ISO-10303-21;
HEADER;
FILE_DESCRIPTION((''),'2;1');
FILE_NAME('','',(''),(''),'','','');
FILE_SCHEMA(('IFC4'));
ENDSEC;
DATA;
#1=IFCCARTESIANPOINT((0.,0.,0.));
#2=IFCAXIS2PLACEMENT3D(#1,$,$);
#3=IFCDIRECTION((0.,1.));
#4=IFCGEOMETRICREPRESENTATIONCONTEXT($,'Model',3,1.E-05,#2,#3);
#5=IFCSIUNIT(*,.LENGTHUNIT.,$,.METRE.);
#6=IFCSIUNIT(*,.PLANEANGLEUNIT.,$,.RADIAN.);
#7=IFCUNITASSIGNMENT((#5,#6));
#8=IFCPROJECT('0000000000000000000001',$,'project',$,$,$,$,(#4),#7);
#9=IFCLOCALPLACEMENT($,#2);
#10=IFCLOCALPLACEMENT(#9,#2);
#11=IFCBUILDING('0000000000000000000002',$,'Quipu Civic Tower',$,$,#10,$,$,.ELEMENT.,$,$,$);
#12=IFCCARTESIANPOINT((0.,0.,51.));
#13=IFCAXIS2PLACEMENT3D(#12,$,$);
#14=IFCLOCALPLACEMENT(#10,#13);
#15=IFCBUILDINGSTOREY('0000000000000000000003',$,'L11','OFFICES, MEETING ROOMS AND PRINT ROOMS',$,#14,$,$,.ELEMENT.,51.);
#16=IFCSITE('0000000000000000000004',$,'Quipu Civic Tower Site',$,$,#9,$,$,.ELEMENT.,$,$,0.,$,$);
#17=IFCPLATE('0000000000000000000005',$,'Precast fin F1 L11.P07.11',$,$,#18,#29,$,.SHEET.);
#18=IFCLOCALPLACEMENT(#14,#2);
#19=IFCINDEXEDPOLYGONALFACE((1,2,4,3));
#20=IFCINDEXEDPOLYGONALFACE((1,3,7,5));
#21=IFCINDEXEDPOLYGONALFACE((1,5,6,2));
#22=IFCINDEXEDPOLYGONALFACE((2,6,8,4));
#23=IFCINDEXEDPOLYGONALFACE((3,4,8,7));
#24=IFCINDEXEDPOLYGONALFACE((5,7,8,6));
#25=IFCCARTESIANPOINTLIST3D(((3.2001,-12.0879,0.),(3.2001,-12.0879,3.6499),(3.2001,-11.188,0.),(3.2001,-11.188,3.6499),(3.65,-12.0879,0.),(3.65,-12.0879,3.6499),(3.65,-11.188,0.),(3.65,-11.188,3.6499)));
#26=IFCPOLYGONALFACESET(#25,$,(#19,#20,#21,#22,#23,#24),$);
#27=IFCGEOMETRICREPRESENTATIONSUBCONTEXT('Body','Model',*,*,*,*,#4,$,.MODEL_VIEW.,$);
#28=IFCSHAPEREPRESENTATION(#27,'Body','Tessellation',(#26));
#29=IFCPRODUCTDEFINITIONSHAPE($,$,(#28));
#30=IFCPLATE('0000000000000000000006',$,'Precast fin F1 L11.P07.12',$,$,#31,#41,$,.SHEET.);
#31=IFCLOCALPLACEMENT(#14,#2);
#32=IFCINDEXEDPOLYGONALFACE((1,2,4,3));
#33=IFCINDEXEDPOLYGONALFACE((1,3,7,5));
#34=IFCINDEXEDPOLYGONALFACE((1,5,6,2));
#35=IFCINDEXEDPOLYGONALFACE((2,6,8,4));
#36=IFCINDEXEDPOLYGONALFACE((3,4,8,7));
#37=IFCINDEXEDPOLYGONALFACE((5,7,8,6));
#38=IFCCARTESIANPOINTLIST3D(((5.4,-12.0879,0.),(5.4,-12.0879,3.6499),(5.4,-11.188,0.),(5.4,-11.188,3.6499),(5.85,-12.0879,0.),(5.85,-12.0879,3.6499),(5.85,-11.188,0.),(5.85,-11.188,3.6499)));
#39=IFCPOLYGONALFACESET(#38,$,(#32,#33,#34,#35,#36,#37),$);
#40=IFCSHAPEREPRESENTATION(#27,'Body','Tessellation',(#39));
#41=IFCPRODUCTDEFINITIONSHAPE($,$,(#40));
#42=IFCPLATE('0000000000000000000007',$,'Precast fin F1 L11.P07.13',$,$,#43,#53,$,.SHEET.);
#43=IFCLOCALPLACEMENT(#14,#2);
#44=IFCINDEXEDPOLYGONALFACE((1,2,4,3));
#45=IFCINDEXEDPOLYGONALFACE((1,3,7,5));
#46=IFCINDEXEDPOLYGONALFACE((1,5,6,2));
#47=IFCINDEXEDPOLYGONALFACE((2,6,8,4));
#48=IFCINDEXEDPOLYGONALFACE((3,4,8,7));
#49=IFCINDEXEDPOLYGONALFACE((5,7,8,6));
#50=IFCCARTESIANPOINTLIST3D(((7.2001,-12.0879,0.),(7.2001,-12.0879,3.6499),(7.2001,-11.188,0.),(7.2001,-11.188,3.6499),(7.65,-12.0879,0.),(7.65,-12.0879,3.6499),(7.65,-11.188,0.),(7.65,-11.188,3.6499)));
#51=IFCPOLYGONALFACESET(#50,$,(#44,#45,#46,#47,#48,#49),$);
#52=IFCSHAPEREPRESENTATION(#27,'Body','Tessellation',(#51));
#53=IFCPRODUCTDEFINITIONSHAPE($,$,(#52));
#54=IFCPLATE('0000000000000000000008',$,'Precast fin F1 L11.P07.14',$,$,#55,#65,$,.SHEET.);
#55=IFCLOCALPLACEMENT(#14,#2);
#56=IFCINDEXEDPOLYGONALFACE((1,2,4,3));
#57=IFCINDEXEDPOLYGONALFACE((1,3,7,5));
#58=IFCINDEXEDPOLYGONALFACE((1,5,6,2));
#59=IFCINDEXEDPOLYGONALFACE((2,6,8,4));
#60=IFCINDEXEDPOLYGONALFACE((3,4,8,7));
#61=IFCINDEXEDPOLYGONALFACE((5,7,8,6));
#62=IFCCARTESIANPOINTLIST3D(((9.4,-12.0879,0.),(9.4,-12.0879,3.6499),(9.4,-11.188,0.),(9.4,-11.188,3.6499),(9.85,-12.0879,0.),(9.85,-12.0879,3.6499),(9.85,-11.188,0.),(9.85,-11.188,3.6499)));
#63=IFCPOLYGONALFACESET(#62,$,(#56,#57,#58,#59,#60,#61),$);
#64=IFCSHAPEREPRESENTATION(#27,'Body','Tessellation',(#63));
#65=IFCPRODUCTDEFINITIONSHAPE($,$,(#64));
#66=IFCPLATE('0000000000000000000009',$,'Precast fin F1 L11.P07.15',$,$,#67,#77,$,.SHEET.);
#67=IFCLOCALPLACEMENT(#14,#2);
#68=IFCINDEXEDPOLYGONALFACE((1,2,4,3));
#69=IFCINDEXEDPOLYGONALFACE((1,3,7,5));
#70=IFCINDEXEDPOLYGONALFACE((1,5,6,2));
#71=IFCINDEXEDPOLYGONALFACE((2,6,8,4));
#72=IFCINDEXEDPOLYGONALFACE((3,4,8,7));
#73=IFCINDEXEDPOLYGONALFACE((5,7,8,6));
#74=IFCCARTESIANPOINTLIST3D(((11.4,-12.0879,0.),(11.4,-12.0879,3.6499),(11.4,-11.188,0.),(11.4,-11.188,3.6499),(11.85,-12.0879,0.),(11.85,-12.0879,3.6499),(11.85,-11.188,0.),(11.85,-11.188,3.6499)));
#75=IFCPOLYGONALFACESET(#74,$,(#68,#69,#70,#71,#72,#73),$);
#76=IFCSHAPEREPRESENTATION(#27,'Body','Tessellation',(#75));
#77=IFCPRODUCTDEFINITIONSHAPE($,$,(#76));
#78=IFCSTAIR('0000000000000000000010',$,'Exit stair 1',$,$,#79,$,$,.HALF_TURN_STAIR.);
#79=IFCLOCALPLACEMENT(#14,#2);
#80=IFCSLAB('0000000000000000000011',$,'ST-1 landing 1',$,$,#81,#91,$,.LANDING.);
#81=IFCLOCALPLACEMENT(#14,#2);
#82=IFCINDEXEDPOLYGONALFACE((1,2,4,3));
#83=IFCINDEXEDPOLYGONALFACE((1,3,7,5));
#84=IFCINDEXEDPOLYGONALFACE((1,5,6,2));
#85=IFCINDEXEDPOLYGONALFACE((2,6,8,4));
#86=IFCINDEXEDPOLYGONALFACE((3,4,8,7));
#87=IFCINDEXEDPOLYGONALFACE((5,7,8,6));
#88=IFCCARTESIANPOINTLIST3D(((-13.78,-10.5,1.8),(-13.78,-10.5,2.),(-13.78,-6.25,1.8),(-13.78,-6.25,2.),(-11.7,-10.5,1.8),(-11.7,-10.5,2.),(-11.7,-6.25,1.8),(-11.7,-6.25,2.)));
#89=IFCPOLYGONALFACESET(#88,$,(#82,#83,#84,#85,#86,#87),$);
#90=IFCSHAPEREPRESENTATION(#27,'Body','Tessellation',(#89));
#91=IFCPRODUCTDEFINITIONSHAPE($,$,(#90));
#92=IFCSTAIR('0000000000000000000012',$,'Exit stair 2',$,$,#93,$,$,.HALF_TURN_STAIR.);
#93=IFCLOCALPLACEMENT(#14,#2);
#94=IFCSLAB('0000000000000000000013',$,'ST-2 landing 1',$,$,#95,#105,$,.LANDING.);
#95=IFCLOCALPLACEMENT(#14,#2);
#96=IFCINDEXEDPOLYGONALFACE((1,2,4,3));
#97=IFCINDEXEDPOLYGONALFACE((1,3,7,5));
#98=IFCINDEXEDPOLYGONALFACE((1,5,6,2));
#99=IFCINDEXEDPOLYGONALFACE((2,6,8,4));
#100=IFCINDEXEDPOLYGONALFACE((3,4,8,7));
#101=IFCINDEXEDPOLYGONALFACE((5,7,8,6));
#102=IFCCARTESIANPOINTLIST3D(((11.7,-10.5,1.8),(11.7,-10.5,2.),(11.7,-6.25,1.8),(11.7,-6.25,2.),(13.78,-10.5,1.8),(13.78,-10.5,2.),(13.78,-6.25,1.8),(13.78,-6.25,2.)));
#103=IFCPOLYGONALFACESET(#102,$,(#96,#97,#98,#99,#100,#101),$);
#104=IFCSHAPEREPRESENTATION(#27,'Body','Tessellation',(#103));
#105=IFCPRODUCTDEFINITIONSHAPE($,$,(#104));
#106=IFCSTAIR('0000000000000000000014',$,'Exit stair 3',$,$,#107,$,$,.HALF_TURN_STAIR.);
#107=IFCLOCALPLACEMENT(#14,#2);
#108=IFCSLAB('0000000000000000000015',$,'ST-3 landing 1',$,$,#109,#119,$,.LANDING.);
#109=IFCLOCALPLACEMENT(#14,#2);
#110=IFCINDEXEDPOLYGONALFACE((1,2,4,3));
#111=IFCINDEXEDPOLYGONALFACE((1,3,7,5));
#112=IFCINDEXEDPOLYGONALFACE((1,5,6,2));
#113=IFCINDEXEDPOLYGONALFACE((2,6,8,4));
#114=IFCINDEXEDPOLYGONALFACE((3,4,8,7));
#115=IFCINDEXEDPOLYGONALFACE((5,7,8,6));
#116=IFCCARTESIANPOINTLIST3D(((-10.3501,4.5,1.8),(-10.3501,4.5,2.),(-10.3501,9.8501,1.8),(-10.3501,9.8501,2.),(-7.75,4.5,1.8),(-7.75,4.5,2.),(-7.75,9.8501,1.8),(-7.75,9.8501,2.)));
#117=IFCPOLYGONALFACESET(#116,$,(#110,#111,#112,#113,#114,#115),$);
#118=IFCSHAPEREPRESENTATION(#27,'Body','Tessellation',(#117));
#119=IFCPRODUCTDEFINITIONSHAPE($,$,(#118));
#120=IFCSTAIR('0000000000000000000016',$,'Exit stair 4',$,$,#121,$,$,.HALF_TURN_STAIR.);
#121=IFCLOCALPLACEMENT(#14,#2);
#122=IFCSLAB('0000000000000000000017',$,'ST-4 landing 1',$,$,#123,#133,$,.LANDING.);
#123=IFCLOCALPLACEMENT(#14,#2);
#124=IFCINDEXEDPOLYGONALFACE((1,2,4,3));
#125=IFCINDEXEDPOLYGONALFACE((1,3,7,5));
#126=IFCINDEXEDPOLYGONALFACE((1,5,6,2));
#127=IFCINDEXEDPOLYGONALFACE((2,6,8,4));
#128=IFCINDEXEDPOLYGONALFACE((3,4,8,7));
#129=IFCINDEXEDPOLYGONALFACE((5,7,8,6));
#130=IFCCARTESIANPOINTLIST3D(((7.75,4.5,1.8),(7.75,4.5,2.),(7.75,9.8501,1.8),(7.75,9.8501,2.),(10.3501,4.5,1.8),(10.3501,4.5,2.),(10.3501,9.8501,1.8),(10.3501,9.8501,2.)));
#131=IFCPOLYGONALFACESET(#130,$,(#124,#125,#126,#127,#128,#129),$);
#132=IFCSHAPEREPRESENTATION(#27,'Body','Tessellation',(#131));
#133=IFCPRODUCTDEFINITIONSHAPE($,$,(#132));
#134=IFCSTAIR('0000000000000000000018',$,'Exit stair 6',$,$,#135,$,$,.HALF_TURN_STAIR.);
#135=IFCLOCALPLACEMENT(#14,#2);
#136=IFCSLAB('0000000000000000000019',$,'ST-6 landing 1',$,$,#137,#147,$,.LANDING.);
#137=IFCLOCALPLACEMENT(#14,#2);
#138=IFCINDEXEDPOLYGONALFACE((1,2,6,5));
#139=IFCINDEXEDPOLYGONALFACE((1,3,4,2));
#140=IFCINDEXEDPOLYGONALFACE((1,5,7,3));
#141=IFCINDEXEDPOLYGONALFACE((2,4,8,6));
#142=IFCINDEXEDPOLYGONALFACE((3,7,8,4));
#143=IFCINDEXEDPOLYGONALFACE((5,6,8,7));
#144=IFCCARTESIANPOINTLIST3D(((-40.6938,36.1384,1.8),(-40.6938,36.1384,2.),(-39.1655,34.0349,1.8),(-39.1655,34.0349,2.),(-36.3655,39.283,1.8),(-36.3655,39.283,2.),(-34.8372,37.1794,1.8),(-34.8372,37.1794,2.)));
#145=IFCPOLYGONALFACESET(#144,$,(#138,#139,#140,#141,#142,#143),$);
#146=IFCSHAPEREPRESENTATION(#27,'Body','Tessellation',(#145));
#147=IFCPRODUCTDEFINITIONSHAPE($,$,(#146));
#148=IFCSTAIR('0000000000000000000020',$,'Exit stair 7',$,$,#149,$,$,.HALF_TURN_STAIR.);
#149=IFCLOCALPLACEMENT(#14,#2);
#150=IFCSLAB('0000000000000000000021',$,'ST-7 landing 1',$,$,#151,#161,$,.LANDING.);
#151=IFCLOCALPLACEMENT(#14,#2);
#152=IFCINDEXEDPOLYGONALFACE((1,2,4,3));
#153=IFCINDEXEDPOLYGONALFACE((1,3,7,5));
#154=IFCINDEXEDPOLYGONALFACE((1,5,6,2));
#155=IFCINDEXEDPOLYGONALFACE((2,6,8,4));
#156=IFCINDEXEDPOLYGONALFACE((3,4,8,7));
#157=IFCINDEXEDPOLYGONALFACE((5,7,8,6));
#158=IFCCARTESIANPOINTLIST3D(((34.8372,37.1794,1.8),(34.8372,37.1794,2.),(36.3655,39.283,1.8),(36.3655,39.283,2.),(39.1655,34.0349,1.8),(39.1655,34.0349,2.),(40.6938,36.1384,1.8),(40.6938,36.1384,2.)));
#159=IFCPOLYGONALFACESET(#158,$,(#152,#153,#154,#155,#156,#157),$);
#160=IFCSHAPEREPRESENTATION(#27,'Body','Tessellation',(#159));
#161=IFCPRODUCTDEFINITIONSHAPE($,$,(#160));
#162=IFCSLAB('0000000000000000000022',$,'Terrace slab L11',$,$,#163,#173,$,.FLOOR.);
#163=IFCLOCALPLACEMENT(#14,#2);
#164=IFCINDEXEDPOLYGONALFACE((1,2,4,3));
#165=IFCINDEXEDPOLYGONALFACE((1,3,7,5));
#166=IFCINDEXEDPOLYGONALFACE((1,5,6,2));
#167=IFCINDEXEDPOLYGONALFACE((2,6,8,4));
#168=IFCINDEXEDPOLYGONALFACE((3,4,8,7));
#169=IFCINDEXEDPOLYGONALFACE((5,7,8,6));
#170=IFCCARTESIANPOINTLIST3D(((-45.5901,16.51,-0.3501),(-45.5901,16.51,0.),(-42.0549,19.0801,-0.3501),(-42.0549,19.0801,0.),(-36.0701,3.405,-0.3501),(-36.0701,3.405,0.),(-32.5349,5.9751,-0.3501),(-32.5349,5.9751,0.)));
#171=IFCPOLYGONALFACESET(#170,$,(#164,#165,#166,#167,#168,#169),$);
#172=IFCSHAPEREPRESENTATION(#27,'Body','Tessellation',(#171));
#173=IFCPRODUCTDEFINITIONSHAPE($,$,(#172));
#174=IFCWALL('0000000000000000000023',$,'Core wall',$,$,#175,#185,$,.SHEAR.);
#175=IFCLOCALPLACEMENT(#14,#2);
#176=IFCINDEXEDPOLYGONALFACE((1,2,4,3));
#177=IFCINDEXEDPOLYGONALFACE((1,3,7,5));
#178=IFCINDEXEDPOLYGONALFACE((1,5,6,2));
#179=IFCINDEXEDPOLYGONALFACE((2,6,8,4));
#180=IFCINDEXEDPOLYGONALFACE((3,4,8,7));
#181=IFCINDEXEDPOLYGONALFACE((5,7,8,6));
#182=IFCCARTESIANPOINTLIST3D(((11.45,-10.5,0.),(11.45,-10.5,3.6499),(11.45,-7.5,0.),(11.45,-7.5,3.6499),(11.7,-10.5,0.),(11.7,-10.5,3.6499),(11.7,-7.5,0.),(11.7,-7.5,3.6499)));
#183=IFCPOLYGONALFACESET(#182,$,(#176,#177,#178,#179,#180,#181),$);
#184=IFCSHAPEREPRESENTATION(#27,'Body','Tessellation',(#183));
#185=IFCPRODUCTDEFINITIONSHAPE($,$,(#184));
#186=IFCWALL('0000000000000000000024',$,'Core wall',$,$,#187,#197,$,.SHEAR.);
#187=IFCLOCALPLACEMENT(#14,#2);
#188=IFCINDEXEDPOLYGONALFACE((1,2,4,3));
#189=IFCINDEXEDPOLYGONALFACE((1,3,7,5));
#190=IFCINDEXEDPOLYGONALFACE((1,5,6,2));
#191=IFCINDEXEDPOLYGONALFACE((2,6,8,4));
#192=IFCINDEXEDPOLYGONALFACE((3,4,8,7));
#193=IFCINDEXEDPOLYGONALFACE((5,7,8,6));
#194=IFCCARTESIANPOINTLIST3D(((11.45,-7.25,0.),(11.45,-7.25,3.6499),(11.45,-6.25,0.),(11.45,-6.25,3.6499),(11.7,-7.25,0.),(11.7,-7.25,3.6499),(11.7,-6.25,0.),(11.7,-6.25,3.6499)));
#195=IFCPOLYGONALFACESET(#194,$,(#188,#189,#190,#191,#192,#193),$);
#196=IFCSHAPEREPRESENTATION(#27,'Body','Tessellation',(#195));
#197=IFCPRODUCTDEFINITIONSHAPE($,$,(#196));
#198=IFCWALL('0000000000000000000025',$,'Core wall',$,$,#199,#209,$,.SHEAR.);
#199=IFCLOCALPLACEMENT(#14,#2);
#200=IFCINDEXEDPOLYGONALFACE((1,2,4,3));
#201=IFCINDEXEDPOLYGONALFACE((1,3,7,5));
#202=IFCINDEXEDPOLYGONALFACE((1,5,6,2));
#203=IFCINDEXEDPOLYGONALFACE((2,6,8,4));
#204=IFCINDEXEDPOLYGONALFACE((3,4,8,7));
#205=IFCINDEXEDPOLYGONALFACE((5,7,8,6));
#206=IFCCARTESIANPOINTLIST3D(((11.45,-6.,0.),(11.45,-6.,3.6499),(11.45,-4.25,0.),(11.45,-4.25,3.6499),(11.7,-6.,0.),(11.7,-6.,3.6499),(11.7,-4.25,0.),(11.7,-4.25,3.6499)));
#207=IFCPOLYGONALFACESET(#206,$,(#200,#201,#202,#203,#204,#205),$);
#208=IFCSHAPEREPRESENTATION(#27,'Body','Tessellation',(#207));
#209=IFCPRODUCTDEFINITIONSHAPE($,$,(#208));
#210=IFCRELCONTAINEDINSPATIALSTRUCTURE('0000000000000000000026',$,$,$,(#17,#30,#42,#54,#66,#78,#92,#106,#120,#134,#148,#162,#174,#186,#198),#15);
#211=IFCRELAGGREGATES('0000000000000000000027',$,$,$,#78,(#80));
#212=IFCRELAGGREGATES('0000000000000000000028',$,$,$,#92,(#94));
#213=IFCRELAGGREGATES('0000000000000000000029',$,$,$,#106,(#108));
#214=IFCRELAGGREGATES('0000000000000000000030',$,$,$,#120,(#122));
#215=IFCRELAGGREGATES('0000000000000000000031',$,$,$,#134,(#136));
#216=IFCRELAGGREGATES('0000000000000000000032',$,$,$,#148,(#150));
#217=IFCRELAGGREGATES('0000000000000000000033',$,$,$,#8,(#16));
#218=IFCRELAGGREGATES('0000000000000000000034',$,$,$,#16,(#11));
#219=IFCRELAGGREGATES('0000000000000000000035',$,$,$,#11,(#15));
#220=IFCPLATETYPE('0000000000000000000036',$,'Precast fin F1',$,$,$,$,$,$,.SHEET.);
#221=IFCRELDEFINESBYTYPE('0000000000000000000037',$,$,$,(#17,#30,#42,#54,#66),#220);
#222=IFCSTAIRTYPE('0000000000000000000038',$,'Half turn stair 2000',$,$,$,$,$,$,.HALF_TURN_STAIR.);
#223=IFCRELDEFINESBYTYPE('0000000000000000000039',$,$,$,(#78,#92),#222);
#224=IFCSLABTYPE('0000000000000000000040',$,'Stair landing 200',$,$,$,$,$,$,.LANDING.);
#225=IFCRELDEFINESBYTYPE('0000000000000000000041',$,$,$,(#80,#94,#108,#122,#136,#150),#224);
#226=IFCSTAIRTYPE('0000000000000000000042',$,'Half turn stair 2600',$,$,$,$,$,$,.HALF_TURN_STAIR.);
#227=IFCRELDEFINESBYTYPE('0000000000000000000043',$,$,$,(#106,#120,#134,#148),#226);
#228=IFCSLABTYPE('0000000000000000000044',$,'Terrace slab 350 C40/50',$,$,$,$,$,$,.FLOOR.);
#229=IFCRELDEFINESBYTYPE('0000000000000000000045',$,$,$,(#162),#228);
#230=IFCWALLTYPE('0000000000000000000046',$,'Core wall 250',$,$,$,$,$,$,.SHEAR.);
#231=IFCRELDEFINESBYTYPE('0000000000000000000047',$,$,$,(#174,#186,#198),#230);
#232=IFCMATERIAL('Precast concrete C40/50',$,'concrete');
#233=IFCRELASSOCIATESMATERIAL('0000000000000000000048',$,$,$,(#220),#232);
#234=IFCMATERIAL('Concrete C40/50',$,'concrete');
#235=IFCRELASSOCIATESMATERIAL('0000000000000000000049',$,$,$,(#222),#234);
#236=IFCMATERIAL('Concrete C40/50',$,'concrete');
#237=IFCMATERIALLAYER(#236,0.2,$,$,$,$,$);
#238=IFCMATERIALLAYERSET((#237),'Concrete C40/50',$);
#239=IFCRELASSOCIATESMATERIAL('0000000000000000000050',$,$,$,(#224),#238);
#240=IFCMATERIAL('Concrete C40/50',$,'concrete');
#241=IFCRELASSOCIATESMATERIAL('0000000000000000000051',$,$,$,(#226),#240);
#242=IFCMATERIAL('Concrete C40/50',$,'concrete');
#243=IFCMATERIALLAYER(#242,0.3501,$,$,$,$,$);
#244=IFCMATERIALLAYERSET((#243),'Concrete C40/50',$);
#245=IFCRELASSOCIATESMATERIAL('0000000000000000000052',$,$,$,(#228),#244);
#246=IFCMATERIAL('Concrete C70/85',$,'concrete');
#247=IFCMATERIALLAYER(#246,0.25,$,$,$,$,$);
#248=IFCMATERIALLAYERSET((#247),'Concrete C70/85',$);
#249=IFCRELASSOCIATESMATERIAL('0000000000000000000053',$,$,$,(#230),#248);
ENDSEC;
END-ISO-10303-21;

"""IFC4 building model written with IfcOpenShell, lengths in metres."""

from ifc_helpers import new_model, si_unit, direction, frame, frame_2d, origin, origin_2d, place, context, subcontext, project, spatial, polyline, rectangle, outline, extrude, material, layer, layer_set, type_object, element, aggregate, save


model = new_model("IFC4")

# Units and contexts
model_context = context("Model", 3, precision=1e-05, world=origin(), true_north=direction((0.0, 1.0)))
body_context = subcontext(model_context, "Body", "Model", "MODEL_VIEW")
ifc_project = project(units=[si_unit("LENGTHUNIT", "METRE"), si_unit("PLANEANGLEUNIT", "RADIAN")], contexts=[model_context])

# Site, building, storey
site_placement = place(None, origin())
site = spatial("IfcSite", under=ifc_project, at=site_placement, Name="Quipu Civic Tower Site", CompositionType="ELEMENT", RefElevation=0.0)
building_placement = place(site_placement, origin())
building = spatial("IfcBuilding", under=site, at=building_placement, Name="Quipu Civic Tower", CompositionType="ELEMENT")
storey_placement = place(building_placement, frame((0.0, 0.0, 51.0)))
storey = spatial("IfcBuildingStorey", under=building, at=storey_placement, Name="L11", Description="OFFICES, MEETING ROOMS AND PRINT ROOMS", CompositionType="ELEMENT", Elevation=51.0)

# Plates
ifc_material_1 = material(Name="Precast concrete C40/50", Category="concrete")
plate_type = type_object("IfcPlateType", Name="Precast fin F1", PredefinedType="SHEET", material=ifc_material_1)
for number, where, z_axis, x_axis, name in (
    (1, (3.425, -11.6379, 0.0), (0.0, 0.0, 1.0), (1.0, 0.0, 0.0), "Precast fin F1 L11.P07.11"),
    (2, (5.625, -11.6379, 0.0), (0.0, 0.0, 1.0), (1.0, 0.0, 0.0), "Precast fin F1 L11.P07.12"),
    (3, (7.425, -11.6379, 0.0), (0.0, 0.0, 1.0), (1.0, 0.0, 0.0), "Precast fin F1 L11.P07.13"),
    (4, (9.625, -11.6379, 0.0), (0.0, 0.0, 1.0), (1.0, 0.0, 0.0), "Precast fin F1 L11.P07.14"),
    (5, (11.625, -11.6379, 0.0), (0.0, 0.0, 1.0), (1.0, 0.0, 0.0), "Precast fin F1 L11.P07.15"),
):
    element("IfcPlate", number, at=place(storey_placement, frame(where, z_axis=z_axis, x_axis=x_axis)), inside=storey, type_object=plate_type, Name=name, PredefinedType="SHEET", context=body_context, shape_type="SweptSolid", body=[
        extrude(rectangle(XDim=0.45, YDim=0.8999, at=origin_2d()), origin(), (0.0, 0.0, 1.0), 3.6499),
    ])

# Stairs, slabs
ifc_material_2 = material(Name="Concrete C40/50", Category="concrete")
stair_type_1 = type_object("IfcStairType", Name="Half turn stair 2000", PredefinedType="HALF_TURN_STAIR", material=ifc_material_2)
stair_1_placement = place(storey_placement, origin())
stair_1 = element("IfcStair", 6, at=stair_1_placement, inside=storey, type_object=stair_type_1, Name="Exit stair 1", PredefinedType="HALF_TURN_STAIR")
ifc_material_3 = material(Name="Concrete C40/50", Category="concrete")
ifc_layer_1 = layer(ifc_material_3, 0.2)
ifc_layer_set_1 = layer_set([ifc_layer_1], Name="Concrete C40/50")
slab_type_1 = type_object("IfcSlabType", Name="Stair landing 200", PredefinedType="LANDING", material=ifc_layer_set_1)
slab_1_placement = place(storey_placement, frame((0.0, 0.0, 1.8)))
slab_1 = element("IfcSlab", 7, at=slab_1_placement, type_object=slab_type_1, Name="ST-1 landing 1", PredefinedType="LANDING", context=body_context, shape_type="SweptSolid", body=[
    extrude(outline(polyline([(-13.78, -10.5), (-11.7, -10.5), (-11.7, -6.25), (-13.78, -6.25), (-13.78, -10.5)])), origin(), (0.0, 0.0, 1.0), 0.2),
])
aggregate(stair_1, [slab_1])
stair_2_placement = place(storey_placement, origin())
stair_2 = element("IfcStair", 8, at=stair_2_placement, inside=storey, type_object=stair_type_1, Name="Exit stair 2", PredefinedType="HALF_TURN_STAIR")
slab_2_placement = place(storey_placement, frame((0.0, 0.0, 1.8)))
slab_2 = element("IfcSlab", 9, at=slab_2_placement, type_object=slab_type_1, Name="ST-2 landing 1", PredefinedType="LANDING", context=body_context, shape_type="SweptSolid", body=[
    extrude(outline(polyline([(13.78, -6.25), (11.7, -6.25), (11.7, -10.5), (13.78, -10.5), (13.78, -6.25)])), origin(), (0.0, 0.0, 1.0), 0.2),
])
aggregate(stair_2, [slab_2])
ifc_material_4 = material(Name="Concrete C40/50", Category="concrete")
stair_type_2 = type_object("IfcStairType", Name="Half turn stair 2600", PredefinedType="HALF_TURN_STAIR", material=ifc_material_4)
stair_3_placement = place(storey_placement, origin())
stair_3 = element("IfcStair", 10, at=stair_3_placement, inside=storey, type_object=stair_type_2, Name="Exit stair 3", PredefinedType="HALF_TURN_STAIR")
slab_3_placement = place(storey_placement, frame((0.0, 0.0, 1.8)))
slab_3 = element("IfcSlab", 11, at=slab_3_placement, type_object=slab_type_1, Name="ST-3 landing 1", PredefinedType="LANDING", context=body_context, shape_type="SweptSolid", body=[
    extrude(outline(polyline([(-10.3501, 4.5), (-7.75, 4.5), (-7.75, 9.8501), (-10.3501, 9.8501), (-10.3501, 4.5)])), origin(), (0.0, 0.0, 1.0), 0.2),
])
aggregate(stair_3, [slab_3])
stair_4_placement = place(storey_placement, origin())
stair_4 = element("IfcStair", 12, at=stair_4_placement, inside=storey, type_object=stair_type_2, Name="Exit stair 4", PredefinedType="HALF_TURN_STAIR")
slab_4_placement = place(storey_placement, frame((0.0, 0.0, 1.8)))
slab_4 = element("IfcSlab", 13, at=slab_4_placement, type_object=slab_type_1, Name="ST-4 landing 1", PredefinedType="LANDING", context=body_context, shape_type="SweptSolid", body=[
    extrude(outline(polyline([(10.3501, 9.8501), (7.75, 9.8501), (7.75, 4.5), (10.3501, 4.5), (10.3501, 9.8501)])), origin(), (0.0, 0.0, 1.0), 0.2),
])
aggregate(stair_4, [slab_4])
stair_5_placement = place(storey_placement, origin())
stair_5 = element("IfcStair", 14, at=stair_5_placement, inside=storey, type_object=stair_type_2, Name="Exit stair 6", PredefinedType="HALF_TURN_STAIR")
slab_5_placement = place(storey_placement, frame((0.0, 0.0, 1.8)))
slab_5 = element("IfcSlab", 15, at=slab_5_placement, type_object=slab_type_1, Name="ST-6 landing 1", PredefinedType="LANDING", context=body_context, shape_type="SweptSolid", body=[
    extrude(outline(polyline([(-34.8372, 37.1794), (-36.3655, 39.283), (-40.6938, 36.1384), (-39.1655, 34.0349), (-34.8372, 37.1794)])), origin(), (0.0, 0.0, 1.0), 0.2),
])
aggregate(stair_5, [slab_5])
stair_6_placement = place(storey_placement, origin())
stair_6 = element("IfcStair", 16, at=stair_6_placement, inside=storey, type_object=stair_type_2, Name="Exit stair 7", PredefinedType="HALF_TURN_STAIR")
slab_6_placement = place(storey_placement, frame((0.0, 0.0, 1.8)))
slab_6 = element("IfcSlab", 17, at=slab_6_placement, type_object=slab_type_1, Name="ST-7 landing 1", PredefinedType="LANDING", context=body_context, shape_type="SweptSolid", body=[
    extrude(outline(polyline([(39.1655, 34.0349), (40.6938, 36.1384), (36.3655, 39.283), (34.8372, 37.1794), (39.1655, 34.0349)])), origin(), (0.0, 0.0, 1.0), 0.2),
])
aggregate(stair_6, [slab_6])

# Slab
ifc_material_5 = material(Name="Concrete C40/50", Category="concrete")
ifc_layer_2 = layer(ifc_material_5, 0.3501)
ifc_layer_set_2 = layer_set([ifc_layer_2], Name="Concrete C40/50")
slab_type_2 = type_object("IfcSlabType", Name="Terrace slab 350 C40/50", PredefinedType="FLOOR", material=ifc_layer_set_2)
slab_7_placement = place(storey_placement, frame((0.0, 0.0, -0.3501)))
element("IfcSlab", 18, at=slab_7_placement, inside=storey, type_object=slab_type_2, Name="Terrace slab L11", PredefinedType="FLOOR", context=body_context, shape_type="SweptSolid", body=[
    extrude(outline(polyline([(-42.0549, 19.0801), (-32.5349, 5.9751), (-36.0701, 3.405), (-45.5901, 16.51), (-42.0549, 19.0801)])), origin(), (0.0, 0.0, 1.0), 0.3501),
])

# Walls
ifc_material_6 = material(Name="Concrete C70/85", Category="concrete")
ifc_layer_3 = layer(ifc_material_6, 0.25)
ifc_layer_set_3 = layer_set([ifc_layer_3], Name="Concrete C70/85")
wall_type_1 = type_object("IfcWallType", Name="Core wall 250", PredefinedType="SHEAR", material=ifc_layer_set_3)
wall_1_placement = place(storey_placement, frame((11.575, -10.5, 0.0), z_axis=(0.0, 0.0, 1.0), x_axis=(0.0, 1.0, 0.0)))
element("IfcWall", 19, at=wall_1_placement, inside=storey, type_object=wall_type_1, Name="Core wall", PredefinedType="SHEAR", context=body_context, shape_type="SweptSolid", body=[
    extrude(rectangle(XDim=3.0, YDim=0.25, at=frame_2d((1.5, 0.0))), origin(), (0.0, 0.0, 1.0), 3.6499),
])
wall_2_placement = place(storey_placement, frame((11.575, -7.25, 0.0), z_axis=(0.0, 0.0, 1.0), x_axis=(0.0, 1.0, 0.0)))
element("IfcWall", 20, at=wall_2_placement, inside=storey, type_object=wall_type_1, Name="Core wall", PredefinedType="SHEAR", context=body_context, shape_type="SweptSolid", body=[
    extrude(rectangle(XDim=1.0, YDim=0.25, at=frame_2d((0.5, 0.0))), origin(), (0.0, 0.0, 1.0), 3.6499),
])
wall_3_placement = place(storey_placement, frame((11.575, -6.0, 0.0), z_axis=(0.0, 0.0, 1.0), x_axis=(0.0, 1.0, 0.0)))
element("IfcWall", 21, at=wall_3_placement, inside=storey, type_object=wall_type_1, Name="Core wall", PredefinedType="SHEAR", context=body_context, shape_type="SweptSolid", body=[
    extrude(rectangle(XDim=1.75, YDim=0.25, at=frame_2d((0.875, 0.0))), origin(), (0.0, 0.0, 1.0), 3.6499),
])

save(model, "model.ifc")
